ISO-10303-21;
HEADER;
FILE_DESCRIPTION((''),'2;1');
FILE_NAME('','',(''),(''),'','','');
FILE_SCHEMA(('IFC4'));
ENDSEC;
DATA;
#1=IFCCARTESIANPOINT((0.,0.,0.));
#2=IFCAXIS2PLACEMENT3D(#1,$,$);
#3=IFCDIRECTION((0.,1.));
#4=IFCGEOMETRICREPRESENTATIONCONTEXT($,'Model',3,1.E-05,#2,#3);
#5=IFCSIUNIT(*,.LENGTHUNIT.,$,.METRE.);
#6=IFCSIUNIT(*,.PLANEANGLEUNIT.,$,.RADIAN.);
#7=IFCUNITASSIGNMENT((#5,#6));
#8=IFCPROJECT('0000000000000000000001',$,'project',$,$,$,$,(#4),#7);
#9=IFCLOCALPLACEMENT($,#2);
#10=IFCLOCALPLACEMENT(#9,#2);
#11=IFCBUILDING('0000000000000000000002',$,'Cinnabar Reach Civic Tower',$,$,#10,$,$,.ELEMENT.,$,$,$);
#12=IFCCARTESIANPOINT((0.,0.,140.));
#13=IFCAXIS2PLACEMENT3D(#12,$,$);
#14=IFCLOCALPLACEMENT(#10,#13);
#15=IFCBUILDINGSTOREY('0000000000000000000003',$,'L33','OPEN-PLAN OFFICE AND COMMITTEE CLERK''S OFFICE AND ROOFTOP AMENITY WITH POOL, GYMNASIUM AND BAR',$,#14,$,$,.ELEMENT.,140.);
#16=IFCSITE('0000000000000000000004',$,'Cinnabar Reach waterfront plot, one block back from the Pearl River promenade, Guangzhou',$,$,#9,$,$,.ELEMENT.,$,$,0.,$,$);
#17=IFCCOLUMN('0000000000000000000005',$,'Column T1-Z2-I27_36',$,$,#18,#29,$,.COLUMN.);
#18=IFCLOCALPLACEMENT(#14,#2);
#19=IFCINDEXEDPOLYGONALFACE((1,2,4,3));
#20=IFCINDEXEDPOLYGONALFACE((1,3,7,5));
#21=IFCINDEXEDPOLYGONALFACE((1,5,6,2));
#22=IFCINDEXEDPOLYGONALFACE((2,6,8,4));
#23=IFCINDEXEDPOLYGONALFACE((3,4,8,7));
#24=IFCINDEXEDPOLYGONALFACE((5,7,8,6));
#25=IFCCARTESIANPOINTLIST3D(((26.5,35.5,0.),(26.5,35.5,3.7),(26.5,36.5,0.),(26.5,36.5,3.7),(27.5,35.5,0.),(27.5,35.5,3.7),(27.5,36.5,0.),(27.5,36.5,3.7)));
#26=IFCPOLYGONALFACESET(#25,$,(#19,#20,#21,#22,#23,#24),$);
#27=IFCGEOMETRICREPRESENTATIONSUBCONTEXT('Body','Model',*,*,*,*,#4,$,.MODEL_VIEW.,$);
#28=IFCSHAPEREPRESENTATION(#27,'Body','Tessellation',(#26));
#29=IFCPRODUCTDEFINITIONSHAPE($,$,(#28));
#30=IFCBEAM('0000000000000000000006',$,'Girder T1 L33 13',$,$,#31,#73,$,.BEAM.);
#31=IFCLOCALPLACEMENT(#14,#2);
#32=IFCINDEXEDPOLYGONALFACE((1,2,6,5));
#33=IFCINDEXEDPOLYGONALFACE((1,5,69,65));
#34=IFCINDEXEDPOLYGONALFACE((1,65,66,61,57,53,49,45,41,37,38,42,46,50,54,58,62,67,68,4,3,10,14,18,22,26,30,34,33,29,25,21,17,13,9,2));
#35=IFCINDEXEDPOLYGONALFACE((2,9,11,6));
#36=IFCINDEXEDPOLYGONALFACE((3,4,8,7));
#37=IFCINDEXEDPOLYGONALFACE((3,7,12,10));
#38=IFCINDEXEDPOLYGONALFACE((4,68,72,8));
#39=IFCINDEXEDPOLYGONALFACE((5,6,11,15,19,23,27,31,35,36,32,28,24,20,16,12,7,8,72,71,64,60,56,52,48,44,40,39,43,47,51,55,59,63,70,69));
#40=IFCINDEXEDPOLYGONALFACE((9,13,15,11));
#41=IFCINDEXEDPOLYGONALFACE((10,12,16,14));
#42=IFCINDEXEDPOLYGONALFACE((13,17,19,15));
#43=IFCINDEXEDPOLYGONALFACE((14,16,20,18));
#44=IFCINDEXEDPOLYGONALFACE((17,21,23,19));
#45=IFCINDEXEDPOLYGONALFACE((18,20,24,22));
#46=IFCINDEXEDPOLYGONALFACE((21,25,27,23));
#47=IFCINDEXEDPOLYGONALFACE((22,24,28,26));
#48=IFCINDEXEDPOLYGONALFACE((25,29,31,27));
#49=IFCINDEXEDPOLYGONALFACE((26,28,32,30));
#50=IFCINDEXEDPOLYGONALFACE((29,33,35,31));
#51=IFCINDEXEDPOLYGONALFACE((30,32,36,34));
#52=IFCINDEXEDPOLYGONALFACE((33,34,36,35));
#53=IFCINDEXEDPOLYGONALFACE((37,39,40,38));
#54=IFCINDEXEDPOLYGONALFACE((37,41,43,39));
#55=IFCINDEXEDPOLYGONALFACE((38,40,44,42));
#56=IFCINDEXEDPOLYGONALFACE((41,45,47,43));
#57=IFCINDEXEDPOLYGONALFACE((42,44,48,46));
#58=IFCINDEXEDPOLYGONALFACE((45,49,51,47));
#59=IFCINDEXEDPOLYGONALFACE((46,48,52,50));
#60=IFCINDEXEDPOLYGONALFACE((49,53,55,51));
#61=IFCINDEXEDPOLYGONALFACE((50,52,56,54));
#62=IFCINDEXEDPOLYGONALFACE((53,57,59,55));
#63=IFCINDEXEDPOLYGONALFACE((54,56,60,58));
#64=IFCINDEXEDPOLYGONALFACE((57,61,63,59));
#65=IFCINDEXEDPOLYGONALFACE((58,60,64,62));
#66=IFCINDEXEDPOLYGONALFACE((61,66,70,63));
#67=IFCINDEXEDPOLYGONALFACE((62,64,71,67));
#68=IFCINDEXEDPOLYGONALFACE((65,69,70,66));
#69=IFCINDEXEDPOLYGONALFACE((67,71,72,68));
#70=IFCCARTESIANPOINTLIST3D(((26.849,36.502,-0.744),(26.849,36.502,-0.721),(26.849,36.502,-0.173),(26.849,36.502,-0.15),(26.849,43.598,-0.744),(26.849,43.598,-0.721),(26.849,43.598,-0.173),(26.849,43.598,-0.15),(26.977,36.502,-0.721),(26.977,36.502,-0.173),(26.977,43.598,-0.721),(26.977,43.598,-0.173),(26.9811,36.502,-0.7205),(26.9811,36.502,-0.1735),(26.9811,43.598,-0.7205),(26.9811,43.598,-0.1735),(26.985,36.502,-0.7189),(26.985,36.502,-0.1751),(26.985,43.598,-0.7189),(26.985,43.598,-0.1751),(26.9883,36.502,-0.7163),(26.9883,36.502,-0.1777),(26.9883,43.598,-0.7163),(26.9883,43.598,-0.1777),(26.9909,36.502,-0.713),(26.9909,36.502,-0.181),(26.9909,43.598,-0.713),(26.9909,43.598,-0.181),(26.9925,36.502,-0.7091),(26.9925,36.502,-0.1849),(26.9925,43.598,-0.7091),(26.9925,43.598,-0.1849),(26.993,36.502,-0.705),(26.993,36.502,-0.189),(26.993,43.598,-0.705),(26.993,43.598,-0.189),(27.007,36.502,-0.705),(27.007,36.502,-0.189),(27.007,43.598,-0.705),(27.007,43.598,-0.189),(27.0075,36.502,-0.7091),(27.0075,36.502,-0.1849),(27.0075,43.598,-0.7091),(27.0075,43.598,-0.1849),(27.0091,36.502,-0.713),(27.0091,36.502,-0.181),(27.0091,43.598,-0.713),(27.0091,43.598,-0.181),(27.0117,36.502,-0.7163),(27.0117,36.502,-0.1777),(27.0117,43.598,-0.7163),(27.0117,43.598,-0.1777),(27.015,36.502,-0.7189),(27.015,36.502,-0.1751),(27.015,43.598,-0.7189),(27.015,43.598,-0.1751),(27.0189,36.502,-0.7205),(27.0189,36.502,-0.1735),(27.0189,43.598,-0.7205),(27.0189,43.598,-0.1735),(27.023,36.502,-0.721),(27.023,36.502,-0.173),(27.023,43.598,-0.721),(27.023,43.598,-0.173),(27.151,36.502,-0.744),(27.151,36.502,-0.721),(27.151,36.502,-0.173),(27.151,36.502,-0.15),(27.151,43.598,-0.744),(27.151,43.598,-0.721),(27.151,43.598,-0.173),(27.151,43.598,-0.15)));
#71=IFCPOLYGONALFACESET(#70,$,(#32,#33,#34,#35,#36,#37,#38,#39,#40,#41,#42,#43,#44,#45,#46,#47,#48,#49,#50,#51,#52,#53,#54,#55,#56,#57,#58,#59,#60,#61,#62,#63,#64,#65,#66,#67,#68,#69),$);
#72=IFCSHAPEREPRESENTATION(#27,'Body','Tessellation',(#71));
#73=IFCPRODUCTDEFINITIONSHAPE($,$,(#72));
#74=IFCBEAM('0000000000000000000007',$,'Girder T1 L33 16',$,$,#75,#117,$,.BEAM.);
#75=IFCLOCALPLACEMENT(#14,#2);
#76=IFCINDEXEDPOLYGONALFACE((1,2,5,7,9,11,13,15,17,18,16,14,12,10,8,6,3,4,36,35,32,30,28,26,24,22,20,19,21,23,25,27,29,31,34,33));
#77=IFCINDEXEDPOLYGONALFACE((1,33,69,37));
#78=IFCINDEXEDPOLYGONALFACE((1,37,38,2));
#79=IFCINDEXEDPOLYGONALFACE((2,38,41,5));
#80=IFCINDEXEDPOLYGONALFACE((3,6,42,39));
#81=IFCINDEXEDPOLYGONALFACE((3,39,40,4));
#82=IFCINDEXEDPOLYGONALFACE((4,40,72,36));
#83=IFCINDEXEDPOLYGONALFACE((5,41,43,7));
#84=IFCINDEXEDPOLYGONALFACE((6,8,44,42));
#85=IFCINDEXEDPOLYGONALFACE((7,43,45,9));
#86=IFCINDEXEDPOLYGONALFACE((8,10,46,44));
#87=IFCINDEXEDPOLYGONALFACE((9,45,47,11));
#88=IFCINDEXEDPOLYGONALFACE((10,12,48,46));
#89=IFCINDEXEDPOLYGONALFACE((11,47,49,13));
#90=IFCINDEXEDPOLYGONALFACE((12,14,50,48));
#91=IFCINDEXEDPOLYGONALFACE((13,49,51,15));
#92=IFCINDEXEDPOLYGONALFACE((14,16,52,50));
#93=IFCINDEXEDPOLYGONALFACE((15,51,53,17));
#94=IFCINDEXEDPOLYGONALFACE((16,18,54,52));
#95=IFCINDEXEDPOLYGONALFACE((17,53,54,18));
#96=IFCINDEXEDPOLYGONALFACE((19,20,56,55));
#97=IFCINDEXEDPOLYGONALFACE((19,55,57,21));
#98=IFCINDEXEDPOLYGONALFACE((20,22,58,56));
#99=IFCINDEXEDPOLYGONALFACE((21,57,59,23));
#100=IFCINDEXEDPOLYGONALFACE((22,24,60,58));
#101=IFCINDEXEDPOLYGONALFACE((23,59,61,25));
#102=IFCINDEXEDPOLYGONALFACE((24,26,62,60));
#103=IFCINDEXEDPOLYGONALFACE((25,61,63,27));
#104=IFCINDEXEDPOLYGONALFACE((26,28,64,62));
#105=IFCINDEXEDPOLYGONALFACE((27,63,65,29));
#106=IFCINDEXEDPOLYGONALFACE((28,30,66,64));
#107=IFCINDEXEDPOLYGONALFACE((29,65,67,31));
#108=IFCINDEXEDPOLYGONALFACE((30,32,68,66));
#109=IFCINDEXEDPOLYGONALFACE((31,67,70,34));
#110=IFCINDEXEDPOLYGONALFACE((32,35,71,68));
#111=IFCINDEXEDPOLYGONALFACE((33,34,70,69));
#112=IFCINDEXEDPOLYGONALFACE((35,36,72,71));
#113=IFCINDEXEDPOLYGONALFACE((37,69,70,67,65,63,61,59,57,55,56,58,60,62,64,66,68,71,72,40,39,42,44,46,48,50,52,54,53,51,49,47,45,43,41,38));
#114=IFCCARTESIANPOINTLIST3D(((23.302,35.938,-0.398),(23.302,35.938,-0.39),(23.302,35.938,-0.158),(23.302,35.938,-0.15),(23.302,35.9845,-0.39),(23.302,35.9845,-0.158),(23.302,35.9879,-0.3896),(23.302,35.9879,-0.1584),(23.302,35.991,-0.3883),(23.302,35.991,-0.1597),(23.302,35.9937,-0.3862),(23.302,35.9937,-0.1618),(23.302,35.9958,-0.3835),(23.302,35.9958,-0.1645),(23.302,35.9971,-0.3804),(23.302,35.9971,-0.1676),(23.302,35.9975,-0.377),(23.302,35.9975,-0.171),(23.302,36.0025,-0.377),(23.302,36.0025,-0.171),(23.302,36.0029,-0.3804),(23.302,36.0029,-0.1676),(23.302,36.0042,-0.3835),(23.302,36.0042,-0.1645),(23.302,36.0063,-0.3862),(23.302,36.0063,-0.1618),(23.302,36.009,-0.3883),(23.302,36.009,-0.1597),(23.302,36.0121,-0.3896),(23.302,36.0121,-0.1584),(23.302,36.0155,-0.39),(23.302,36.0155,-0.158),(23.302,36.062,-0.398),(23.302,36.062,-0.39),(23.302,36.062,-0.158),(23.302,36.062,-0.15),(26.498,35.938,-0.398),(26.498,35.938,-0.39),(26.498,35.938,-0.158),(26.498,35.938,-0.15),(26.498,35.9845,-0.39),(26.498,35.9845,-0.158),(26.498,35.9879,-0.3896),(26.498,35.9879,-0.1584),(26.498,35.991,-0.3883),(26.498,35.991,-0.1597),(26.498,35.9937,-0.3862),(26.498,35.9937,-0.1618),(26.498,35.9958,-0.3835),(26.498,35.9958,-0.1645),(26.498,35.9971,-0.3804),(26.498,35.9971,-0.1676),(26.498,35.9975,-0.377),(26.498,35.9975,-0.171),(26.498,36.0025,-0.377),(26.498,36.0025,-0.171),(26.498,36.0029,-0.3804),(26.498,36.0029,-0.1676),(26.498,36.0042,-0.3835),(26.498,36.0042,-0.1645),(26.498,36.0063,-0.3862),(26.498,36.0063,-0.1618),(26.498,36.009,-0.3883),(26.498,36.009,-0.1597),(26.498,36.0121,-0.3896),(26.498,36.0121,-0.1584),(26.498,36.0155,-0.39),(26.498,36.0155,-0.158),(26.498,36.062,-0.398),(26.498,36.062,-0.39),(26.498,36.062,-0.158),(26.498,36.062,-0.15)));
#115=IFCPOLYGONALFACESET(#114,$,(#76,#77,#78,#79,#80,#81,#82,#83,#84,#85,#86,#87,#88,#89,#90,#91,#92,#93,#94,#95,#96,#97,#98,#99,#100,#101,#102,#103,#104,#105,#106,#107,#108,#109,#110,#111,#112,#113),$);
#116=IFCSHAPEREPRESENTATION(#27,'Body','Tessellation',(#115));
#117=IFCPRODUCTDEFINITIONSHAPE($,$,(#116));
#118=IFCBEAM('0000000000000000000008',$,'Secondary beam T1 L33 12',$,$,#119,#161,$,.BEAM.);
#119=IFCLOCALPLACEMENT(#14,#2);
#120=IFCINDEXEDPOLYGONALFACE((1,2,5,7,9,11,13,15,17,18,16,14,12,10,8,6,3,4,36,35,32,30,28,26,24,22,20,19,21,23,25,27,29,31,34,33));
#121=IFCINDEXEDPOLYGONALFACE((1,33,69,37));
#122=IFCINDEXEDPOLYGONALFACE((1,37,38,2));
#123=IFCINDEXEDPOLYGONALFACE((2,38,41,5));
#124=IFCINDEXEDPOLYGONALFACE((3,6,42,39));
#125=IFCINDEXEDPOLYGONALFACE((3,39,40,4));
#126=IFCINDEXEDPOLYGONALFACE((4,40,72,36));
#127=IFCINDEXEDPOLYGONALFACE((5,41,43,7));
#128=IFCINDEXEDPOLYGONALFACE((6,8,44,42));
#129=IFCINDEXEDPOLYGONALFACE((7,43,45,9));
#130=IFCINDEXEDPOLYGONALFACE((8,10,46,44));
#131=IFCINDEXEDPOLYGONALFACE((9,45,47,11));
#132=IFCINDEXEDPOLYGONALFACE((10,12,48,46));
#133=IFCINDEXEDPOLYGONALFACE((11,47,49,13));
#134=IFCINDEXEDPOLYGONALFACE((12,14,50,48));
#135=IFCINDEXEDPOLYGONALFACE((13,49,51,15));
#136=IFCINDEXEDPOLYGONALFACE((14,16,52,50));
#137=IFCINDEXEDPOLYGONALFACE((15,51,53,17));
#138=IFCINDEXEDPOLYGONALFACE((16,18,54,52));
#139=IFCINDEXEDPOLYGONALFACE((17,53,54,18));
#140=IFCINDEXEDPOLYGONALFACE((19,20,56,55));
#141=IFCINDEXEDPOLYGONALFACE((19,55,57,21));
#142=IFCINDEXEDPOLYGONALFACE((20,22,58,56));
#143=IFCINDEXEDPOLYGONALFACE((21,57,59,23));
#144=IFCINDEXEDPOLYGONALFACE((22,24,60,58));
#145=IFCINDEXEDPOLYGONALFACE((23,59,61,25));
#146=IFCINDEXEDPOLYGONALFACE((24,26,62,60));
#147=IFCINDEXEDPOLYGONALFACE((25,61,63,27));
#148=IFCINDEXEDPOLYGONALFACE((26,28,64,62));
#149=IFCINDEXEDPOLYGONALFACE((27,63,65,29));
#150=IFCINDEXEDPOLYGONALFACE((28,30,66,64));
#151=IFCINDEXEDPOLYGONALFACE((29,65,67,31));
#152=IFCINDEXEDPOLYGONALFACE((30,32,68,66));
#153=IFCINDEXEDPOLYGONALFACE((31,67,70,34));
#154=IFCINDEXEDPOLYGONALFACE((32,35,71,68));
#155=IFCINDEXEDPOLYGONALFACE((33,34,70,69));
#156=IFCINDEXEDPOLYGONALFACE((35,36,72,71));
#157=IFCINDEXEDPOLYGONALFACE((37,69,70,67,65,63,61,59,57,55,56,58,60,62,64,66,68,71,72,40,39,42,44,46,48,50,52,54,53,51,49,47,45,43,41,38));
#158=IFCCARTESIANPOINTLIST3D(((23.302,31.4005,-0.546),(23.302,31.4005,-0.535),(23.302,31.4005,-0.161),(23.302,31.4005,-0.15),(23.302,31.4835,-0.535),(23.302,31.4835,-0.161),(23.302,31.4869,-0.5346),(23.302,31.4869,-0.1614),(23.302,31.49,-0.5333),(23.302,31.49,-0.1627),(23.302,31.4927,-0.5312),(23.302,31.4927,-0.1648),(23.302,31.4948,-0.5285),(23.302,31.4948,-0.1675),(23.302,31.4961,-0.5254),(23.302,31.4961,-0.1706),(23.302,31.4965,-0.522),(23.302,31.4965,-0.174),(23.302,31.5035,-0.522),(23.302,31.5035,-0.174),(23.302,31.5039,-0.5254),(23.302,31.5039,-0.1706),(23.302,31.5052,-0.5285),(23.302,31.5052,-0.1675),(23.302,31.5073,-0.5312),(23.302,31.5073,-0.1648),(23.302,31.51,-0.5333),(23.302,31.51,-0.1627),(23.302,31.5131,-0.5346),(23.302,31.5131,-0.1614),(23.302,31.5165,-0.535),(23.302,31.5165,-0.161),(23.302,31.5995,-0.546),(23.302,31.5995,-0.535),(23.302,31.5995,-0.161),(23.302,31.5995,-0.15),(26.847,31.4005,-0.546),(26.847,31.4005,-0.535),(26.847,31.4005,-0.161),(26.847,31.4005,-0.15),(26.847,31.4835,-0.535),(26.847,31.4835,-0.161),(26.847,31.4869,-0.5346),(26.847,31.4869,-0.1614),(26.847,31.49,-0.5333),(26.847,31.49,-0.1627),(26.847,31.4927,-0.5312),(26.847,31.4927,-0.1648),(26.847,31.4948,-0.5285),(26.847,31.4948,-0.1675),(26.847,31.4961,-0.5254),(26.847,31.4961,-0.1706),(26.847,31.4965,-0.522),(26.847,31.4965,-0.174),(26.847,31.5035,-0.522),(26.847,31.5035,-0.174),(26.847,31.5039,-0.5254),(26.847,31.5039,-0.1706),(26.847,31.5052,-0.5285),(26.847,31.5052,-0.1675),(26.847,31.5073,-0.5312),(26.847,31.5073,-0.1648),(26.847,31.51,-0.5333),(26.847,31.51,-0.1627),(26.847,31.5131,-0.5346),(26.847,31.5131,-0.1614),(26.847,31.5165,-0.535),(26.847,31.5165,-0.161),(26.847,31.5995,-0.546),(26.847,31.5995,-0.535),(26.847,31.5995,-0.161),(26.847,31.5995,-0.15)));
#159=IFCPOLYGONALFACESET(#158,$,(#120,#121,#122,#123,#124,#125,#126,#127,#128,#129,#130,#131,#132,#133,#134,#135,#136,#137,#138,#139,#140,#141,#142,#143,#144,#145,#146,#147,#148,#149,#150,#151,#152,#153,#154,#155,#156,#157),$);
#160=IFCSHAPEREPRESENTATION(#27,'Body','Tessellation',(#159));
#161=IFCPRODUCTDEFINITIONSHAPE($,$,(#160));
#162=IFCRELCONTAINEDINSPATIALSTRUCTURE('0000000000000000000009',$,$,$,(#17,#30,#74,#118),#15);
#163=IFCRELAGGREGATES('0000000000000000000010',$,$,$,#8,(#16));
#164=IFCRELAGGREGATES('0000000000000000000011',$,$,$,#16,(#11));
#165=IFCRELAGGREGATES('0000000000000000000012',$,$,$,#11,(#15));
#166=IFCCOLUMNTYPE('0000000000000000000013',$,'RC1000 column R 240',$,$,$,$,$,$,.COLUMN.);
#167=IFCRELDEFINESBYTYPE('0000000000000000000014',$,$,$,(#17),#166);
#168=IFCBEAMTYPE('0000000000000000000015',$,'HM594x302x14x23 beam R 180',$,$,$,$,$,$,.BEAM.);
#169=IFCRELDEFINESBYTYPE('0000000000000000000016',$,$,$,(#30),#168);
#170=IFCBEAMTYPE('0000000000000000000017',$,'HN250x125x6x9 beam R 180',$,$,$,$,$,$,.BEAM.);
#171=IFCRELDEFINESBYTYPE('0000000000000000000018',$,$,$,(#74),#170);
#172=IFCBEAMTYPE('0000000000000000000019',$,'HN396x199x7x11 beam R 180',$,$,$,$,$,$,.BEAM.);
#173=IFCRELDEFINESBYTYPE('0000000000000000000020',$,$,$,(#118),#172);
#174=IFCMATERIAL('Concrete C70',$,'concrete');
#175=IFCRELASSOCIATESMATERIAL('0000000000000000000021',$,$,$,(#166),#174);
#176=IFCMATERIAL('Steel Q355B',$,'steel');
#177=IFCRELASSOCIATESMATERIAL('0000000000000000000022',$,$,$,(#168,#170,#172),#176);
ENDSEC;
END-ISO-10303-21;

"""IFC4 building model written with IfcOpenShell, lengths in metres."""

from ifc_helpers import new_model, si_unit, direction, frame, origin, origin_2d, place, context, subcontext, project, spatial, rectangle, i_section, extrude, material, material_profile, profile_set, type_object, element, save


model = new_model("IFC4")

# Units and contexts
model_context = context("Model", 3, precision=1e-05, world=origin(), true_north=direction((0.0, 1.0)))
body_context = subcontext(model_context, "Body", "Model", "MODEL_VIEW")
ifc_project = project(units=[si_unit("LENGTHUNIT", "METRE"), si_unit("PLANEANGLEUNIT", "RADIAN")], contexts=[model_context])

# Site, building, storey
site_placement = place(None, origin())
site = spatial("IfcSite", under=ifc_project, at=site_placement, Name="Cinnabar Reach waterfront plot, one block back from the Pearl River promenade, Guangzhou", CompositionType="ELEMENT", RefElevation=0.0)
building_placement = place(site_placement, origin())
building = spatial("IfcBuilding", under=site, at=building_placement, Name="Cinnabar Reach Civic Tower", CompositionType="ELEMENT")
storey_placement = place(building_placement, frame((0.0, 0.0, 140.0)))
storey = spatial("IfcBuildingStorey", under=building, at=storey_placement, Name="L33", Description="OPEN-PLAN OFFICE AND COMMITTEE CLERK'S OFFICE AND ROOFTOP AMENITY WITH POOL, GYMNASIUM AND BAR", CompositionType="ELEMENT", Elevation=140.0)

# Column
ifc_material_1 = material(Name="Concrete C70", Category="concrete")
ifc_material_profile_1 = material_profile(ifc_material_1, rectangle(XDim=1.0, YDim=1.0, at=origin_2d()), Name="RC1000")
ifc_profile_set_1 = profile_set([ifc_material_profile_1], Name="Concrete C70")
column_type = type_object("IfcColumnType", Name="RC1000 column R 240", PredefinedType="COLUMN", material=ifc_profile_set_1)
column_placement = place(storey_placement, frame((27.0, 36.0, 0.0), z_axis=(0.0, 0.0, 1.0), x_axis=(1.0, 0.0, 0.0)))
element("IfcColumn", 1, at=column_placement, inside=storey, type_object=column_type, Name="Column T1-Z2-I27_36", PredefinedType="COLUMN", context=body_context, shape_type="SweptSolid", body=[
    extrude(rectangle(XDim=1.0, YDim=1.0, at=origin_2d()), origin(), (0.0, 0.0, 1.0), 3.7),
])

# Beams
ifc_material_2 = material(Name="Steel Q355B", Category="steel")
ifc_material_profile_2 = material_profile(ifc_material_2, i_section(OverallWidth=0.302, OverallDepth=0.594, WebThickness=0.014, FlangeThickness=0.023, FilletRadius=0.016, at=origin_2d()), Name="HM594x302x14x23")
ifc_profile_set_2 = profile_set([ifc_material_profile_2], Name="Steel Q355B")
beam_type_1 = type_object("IfcBeamType", Name="HM594x302x14x23 beam R 180", PredefinedType="BEAM", material=ifc_profile_set_2)
beam_1_placement = place(storey_placement, frame((27.0, 36.502, -0.447), z_axis=(0.0, 1.0, 0.0), x_axis=(-1.0, 0.0, 0.0)))
element("IfcBeam", 2, at=beam_1_placement, inside=storey, type_object=beam_type_1, Name="Girder T1 L33 13", PredefinedType="BEAM", context=body_context, shape_type="SweptSolid", body=[
    extrude(i_section(OverallWidth=0.302, OverallDepth=0.594, WebThickness=0.014, FlangeThickness=0.023, FilletRadius=0.016, at=origin_2d()), origin(), (0.0, 0.0, 1.0), 7.096),
])
ifc_material_profile_3 = material_profile(ifc_material_2, i_section(OverallWidth=0.124, OverallDepth=0.248, WebThickness=0.005, FlangeThickness=0.008, FilletRadius=0.013, at=origin_2d()), Name="HN250x125x6x9")
ifc_profile_set_3 = profile_set([ifc_material_profile_3], Name="Steel Q355B")
beam_type_2 = type_object("IfcBeamType", Name="HN250x125x6x9 beam R 180", PredefinedType="BEAM", material=ifc_profile_set_3)
beam_2_placement = place(storey_placement, frame((23.302, 36.0, -0.274), z_axis=(1.0, 0.0, 0.0), x_axis=(0.0, 1.0, 0.0)))
element("IfcBeam", 3, at=beam_2_placement, inside=storey, type_object=beam_type_2, Name="Girder T1 L33 16", PredefinedType="BEAM", context=body_context, shape_type="SweptSolid", body=[
    extrude(i_section(OverallWidth=0.124, OverallDepth=0.248, WebThickness=0.005, FlangeThickness=0.008, FilletRadius=0.013, at=origin_2d()), origin(), (0.0, 0.0, 1.0), 3.196),
])
ifc_material_profile_4 = material_profile(ifc_material_2, i_section(OverallWidth=0.199, OverallDepth=0.396, WebThickness=0.007, FlangeThickness=0.011, FilletRadius=0.013, at=origin_2d()), Name="HN396x199x7x11")
ifc_profile_set_4 = profile_set([ifc_material_profile_4], Name="Steel Q355B")
beam_type_3 = type_object("IfcBeamType", Name="HN396x199x7x11 beam R 180", PredefinedType="BEAM", material=ifc_profile_set_4)
beam_3_placement = place(storey_placement, frame((23.302, 31.5, -0.348), z_axis=(1.0, 0.0, 0.0), x_axis=(0.0, 1.0, 0.0)))
element("IfcBeam", 4, at=beam_3_placement, inside=storey, type_object=beam_type_3, Name="Secondary beam T1 L33 12", PredefinedType="BEAM", context=body_context, shape_type="SweptSolid", body=[
    extrude(i_section(OverallWidth=0.199, OverallDepth=0.396, WebThickness=0.007, FlangeThickness=0.011, FilletRadius=0.013, at=origin_2d()), origin(), (0.0, 0.0, 1.0), 3.545),
])

save(model, "model.ifc")
